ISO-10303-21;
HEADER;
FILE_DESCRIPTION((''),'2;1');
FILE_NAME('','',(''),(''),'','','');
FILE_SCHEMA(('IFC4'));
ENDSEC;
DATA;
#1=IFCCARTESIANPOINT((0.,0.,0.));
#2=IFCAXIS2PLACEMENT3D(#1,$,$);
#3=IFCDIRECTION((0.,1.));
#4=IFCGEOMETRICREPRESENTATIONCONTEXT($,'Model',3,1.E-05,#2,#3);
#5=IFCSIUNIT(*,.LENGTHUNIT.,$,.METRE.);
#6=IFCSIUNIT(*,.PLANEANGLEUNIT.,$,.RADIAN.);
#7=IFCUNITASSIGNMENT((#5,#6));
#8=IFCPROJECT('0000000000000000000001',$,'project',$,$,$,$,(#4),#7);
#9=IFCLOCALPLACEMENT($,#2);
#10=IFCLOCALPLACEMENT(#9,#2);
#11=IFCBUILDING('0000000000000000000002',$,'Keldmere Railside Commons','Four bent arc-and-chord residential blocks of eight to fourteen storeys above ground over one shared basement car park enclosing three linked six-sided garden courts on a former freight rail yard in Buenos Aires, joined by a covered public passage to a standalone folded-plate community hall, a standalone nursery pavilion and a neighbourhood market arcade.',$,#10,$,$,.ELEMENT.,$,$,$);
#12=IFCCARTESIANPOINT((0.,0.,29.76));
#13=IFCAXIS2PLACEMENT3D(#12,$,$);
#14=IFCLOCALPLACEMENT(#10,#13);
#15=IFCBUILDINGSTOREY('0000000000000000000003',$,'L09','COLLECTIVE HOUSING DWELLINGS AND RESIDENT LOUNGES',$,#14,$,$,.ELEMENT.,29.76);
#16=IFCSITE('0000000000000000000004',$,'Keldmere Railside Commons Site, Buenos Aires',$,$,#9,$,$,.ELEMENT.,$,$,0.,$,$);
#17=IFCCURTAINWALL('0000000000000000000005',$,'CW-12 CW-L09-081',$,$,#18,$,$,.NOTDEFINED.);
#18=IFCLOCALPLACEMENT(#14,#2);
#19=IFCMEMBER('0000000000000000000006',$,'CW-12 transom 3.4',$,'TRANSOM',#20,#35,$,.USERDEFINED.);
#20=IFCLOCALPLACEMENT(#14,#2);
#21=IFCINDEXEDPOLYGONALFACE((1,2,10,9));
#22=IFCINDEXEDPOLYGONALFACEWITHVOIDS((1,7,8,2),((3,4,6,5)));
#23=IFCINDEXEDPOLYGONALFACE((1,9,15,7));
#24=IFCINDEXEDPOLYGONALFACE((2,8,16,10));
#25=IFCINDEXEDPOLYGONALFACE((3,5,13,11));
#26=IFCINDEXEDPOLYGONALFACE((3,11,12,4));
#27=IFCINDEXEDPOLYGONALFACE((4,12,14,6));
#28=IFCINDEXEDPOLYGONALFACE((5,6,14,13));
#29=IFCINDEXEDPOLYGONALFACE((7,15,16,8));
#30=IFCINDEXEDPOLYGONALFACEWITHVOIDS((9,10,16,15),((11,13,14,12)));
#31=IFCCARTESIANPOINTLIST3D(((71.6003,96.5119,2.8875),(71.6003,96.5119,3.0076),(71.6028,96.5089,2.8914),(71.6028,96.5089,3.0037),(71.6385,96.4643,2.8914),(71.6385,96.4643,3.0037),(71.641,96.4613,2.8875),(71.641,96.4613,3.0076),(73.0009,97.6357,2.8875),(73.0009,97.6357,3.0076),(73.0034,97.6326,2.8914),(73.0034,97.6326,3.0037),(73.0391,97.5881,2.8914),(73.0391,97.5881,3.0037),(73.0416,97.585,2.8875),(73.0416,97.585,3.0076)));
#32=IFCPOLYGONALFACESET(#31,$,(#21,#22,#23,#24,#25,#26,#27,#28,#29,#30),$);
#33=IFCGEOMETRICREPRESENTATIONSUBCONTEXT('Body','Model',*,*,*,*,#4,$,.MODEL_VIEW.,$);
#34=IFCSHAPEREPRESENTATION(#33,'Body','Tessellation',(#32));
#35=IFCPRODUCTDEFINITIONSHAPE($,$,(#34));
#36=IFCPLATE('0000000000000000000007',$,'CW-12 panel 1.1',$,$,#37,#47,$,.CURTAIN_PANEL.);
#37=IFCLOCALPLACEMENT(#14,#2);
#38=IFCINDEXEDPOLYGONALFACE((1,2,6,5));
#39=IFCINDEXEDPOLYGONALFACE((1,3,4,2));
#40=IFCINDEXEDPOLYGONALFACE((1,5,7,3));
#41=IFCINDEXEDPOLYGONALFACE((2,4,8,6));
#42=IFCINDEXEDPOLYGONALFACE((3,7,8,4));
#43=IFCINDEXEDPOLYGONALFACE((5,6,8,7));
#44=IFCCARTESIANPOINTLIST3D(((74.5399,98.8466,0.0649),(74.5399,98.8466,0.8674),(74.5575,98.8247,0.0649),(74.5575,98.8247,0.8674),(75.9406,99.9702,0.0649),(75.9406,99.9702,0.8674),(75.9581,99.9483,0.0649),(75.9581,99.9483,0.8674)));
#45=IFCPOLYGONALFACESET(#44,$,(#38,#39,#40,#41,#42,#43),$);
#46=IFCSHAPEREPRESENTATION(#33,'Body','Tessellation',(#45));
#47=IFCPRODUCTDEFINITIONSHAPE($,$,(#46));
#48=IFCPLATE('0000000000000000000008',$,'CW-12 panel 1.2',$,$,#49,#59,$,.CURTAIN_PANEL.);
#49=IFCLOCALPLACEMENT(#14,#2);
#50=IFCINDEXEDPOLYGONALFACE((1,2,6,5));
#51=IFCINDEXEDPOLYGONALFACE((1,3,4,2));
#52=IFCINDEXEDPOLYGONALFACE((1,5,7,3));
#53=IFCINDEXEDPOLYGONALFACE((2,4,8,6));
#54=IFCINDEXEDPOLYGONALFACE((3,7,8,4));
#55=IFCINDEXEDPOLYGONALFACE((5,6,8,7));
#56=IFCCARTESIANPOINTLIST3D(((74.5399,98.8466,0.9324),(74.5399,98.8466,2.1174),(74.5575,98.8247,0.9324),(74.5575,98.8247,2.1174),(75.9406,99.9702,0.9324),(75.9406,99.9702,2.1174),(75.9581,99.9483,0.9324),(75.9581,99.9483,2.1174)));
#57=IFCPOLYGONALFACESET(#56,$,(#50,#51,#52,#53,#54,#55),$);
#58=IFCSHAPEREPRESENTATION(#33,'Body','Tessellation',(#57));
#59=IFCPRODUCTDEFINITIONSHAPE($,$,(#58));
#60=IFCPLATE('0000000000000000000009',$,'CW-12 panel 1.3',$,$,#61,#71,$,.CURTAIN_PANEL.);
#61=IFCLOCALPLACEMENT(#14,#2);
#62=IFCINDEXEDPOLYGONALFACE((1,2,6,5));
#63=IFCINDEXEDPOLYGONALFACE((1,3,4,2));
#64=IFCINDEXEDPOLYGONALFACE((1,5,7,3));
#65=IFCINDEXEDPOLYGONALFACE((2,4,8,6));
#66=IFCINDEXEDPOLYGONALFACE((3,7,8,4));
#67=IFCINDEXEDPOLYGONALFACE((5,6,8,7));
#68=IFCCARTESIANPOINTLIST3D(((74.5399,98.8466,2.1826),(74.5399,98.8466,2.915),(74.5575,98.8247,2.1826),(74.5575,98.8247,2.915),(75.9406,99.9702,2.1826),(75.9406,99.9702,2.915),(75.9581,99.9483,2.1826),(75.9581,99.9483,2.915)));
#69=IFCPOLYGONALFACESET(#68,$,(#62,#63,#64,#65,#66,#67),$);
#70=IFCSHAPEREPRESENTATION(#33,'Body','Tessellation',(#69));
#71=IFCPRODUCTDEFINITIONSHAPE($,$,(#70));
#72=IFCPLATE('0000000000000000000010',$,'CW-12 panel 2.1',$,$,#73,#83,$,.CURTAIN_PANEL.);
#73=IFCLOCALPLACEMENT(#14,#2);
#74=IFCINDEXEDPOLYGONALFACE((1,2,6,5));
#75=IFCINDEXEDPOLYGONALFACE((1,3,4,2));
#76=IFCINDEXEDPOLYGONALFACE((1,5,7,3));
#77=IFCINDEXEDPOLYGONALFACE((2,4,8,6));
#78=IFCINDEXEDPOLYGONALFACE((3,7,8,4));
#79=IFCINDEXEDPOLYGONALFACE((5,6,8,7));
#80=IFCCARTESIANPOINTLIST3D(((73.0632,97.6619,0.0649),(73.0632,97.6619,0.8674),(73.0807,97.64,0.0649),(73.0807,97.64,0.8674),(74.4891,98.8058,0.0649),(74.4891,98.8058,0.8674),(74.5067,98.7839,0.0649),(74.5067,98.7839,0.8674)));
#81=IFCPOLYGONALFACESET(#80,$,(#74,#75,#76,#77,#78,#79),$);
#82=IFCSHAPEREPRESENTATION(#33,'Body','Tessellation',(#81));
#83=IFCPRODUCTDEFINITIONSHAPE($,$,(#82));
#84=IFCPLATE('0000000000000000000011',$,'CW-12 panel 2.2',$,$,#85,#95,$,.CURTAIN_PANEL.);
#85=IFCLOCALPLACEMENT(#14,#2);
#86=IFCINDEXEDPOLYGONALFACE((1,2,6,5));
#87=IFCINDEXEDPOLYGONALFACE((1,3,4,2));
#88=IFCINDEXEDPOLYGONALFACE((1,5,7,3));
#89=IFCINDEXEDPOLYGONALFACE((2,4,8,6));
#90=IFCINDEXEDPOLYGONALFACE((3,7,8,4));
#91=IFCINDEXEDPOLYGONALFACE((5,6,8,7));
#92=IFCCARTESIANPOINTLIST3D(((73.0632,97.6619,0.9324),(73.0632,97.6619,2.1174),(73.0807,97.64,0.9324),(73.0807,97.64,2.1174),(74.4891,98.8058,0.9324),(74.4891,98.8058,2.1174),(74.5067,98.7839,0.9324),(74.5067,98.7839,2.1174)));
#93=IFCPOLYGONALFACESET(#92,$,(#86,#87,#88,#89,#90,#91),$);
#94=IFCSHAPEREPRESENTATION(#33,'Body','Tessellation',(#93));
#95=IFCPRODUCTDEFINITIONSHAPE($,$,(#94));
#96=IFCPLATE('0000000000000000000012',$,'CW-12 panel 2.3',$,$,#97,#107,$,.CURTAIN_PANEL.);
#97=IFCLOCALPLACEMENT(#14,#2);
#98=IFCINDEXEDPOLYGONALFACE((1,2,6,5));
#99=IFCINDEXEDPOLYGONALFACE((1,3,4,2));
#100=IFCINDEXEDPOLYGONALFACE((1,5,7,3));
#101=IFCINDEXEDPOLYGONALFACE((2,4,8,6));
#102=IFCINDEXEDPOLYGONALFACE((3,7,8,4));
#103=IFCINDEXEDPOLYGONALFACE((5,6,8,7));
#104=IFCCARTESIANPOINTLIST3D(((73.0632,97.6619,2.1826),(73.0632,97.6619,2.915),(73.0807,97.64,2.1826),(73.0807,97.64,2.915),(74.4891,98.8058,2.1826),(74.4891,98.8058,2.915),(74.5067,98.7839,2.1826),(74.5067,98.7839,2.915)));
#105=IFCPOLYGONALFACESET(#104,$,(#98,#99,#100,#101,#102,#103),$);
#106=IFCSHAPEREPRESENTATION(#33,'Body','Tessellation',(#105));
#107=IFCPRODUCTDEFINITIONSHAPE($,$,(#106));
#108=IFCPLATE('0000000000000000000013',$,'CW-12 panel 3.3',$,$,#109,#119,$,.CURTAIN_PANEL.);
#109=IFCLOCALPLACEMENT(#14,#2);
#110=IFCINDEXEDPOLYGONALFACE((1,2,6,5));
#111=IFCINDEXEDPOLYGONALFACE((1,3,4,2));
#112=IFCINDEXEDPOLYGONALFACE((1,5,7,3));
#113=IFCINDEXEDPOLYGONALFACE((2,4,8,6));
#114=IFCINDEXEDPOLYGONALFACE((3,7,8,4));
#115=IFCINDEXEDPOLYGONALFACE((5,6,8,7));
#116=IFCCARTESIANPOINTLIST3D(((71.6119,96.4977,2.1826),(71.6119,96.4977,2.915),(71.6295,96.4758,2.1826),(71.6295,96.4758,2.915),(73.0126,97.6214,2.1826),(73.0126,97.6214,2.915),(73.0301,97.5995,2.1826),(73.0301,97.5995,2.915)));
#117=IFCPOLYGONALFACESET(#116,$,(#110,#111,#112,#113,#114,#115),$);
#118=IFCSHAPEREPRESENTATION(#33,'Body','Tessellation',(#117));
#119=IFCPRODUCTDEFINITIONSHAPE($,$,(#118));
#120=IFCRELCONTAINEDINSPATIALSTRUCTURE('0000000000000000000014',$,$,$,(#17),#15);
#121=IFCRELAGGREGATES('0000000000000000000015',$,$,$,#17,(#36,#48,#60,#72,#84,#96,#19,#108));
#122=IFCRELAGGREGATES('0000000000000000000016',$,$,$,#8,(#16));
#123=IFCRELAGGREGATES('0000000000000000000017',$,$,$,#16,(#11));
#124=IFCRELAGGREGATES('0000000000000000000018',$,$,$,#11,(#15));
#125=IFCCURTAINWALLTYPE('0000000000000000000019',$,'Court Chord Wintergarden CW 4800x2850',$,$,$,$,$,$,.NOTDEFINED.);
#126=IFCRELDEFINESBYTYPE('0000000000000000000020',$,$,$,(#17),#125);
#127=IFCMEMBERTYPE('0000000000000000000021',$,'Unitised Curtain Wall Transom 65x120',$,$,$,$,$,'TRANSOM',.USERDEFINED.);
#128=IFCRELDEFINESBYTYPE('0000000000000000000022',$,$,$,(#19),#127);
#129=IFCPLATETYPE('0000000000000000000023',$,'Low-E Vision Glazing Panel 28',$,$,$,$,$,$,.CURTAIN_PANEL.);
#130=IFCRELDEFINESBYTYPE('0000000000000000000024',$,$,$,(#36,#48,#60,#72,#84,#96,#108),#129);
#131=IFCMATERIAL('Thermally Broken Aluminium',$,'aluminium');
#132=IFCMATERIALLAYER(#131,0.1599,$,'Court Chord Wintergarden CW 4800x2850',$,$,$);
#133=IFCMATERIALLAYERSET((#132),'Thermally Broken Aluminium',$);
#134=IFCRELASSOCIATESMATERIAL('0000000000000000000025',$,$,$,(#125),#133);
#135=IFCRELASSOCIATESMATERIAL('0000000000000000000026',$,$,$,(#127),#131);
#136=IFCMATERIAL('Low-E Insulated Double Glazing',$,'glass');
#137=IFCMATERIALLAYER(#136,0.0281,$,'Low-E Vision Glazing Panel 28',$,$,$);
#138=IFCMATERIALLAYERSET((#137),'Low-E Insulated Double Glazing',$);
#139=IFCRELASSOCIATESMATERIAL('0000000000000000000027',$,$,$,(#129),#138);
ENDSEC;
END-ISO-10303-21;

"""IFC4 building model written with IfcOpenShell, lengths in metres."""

from ifc_helpers import new_model, si_unit, direction, frame, origin, origin_2d, place, context, subcontext, project, spatial, rectangle, hollow_rectangle, extrude, material, layer, layer_set, material_profile, profile_set, type_object, element, aggregate, save


model = new_model("IFC4")

# Units and contexts
model_context = context("Model", 3, precision=1e-05, world=origin(), true_north=direction((0.0, 1.0)))
body_context = subcontext(model_context, "Body", "Model", "MODEL_VIEW")
ifc_project = project(units=[si_unit("LENGTHUNIT", "METRE"), si_unit("PLANEANGLEUNIT", "RADIAN")], contexts=[model_context])

# Site, building, storey
site_placement = place(None, origin())
site = spatial("IfcSite", under=ifc_project, at=site_placement, Name="Keldmere Railside Commons Site, Buenos Aires", CompositionType="ELEMENT", RefElevation=0.0)
building_placement = place(site_placement, origin())
building = spatial("IfcBuilding", under=site, at=building_placement, Name="Keldmere Railside Commons", Description="Four bent arc-and-chord residential blocks of eight to fourteen storeys above ground over one shared basement car park enclosing three linked six-sided garden courts on a former freight rail yard in Buenos Aires, joined by a covered public passage to a standalone folded-plate community hall, a standalone nursery pavilion and a neighbourhood market arcade.", CompositionType="ELEMENT")
storey_placement = place(building_placement, frame((0.0, 0.0, 29.76)))
storey = spatial("IfcBuildingStorey", under=building, at=storey_placement, Name="L09", Description="COLLECTIVE HOUSING DWELLINGS AND RESIDENT LOUNGES", CompositionType="ELEMENT", Elevation=29.76)

# Curtain wall, member, plates
ifc_material_1 = material(Name="Thermally Broken Aluminium", Category="aluminium")
ifc_layer_1 = layer(ifc_material_1, 0.1599, Name="Court Chord Wintergarden CW 4800x2850")
ifc_layer_set_1 = layer_set([ifc_layer_1], Name="Thermally Broken Aluminium")
curtain_wall_type = type_object("IfcCurtainWallType", Name="Court Chord Wintergarden CW 4800x2850", PredefinedType="NOTDEFINED", material=ifc_layer_set_1)
curtain_wall_placement = place(storey_placement, origin())
curtain_wall = element("IfcCurtainWall", 1, at=curtain_wall_placement, inside=storey, type_object=curtain_wall_type, Name="CW-12 CW-L09-081", PredefinedType="NOTDEFINED")
ifc_material_profile_1 = material_profile(ifc_material_1, hollow_rectangle(XDim=0.0649, YDim=0.1201, WallThickness=0.0039, at=origin_2d()), Name="ALU-TRAN-65x120")
ifc_profile_set_1 = profile_set([ifc_material_profile_1], Name="Thermally Broken Aluminium")
member_type_1 = type_object("IfcMemberType", Name="Unitised Curtain Wall Transom 65x120", ElementType="TRANSOM", PredefinedType="USERDEFINED", material=ifc_profile_set_1)
member_1_placement = place(storey_placement, frame((73.0212, 97.6104, 2.9475), z_axis=(-0.779979, -0.625805, 0.0), x_axis=(0.625805, -0.779979, 0.0)))
member_1 = element("IfcMember", 2, at=member_1_placement, type_object=member_type_1, Name="CW-12 transom 3.4", ObjectType="TRANSOM", PredefinedType="USERDEFINED", context=body_context, shape_type="SweptSolid", body=[
    extrude(hollow_rectangle(XDim=0.0649, YDim=0.1201, WallThickness=0.0039, at=origin_2d()), origin(), (0.0, 0.0, 1.0), 1.7957),
])
ifc_material_2 = material(Name="Low-E Insulated Double Glazing", Category="glass")
ifc_layer_2 = layer(ifc_material_2, 0.0281, Name="Low-E Vision Glazing Panel 28")
ifc_layer_set_2 = layer_set([ifc_layer_2], Name="Low-E Insulated Double Glazing")
plate_type = type_object("IfcPlateType", Name="Low-E Vision Glazing Panel 28", PredefinedType="CURTAIN_PANEL", material=ifc_layer_set_2)
plate_1_placement = place(storey_placement, frame((75.249, 99.3975, 0.0649), z_axis=(0.0, 0.0, 1.0), x_axis=(-0.780009, -0.625768, 0.0)))
plate_1 = element("IfcPlate", 3, at=plate_1_placement, type_object=plate_type, Name="CW-12 panel 1.1", PredefinedType="CURTAIN_PANEL", context=body_context, shape_type="SweptSolid", body=[
    extrude(rectangle(XDim=1.7957, YDim=0.0281, at=origin_2d()), origin(), (0.0, 0.0, 1.0), 0.8025),
])
plate_2_placement = place(storey_placement, frame((75.249, 99.3975, 0.9324), z_axis=(0.0, 0.0, 1.0), x_axis=(-0.780009, -0.625768, 0.0)))
plate_2 = element("IfcPlate", 4, at=plate_2_placement, type_object=plate_type, Name="CW-12 panel 1.2", PredefinedType="CURTAIN_PANEL", context=body_context, shape_type="SweptSolid", body=[
    extrude(rectangle(XDim=1.7957, YDim=0.0281, at=origin_2d()), origin(), (0.0, 0.0, 1.0), 1.1851),
])
plate_3_placement = place(storey_placement, frame((75.249, 99.3975, 2.1826), z_axis=(0.0, 0.0, 1.0), x_axis=(-0.780009, -0.625768, 0.0)))
plate_3 = element("IfcPlate", 5, at=plate_3_placement, type_object=plate_type, Name="CW-12 panel 1.3", PredefinedType="CURTAIN_PANEL", context=body_context, shape_type="SweptSolid", body=[
    extrude(rectangle(XDim=1.7957, YDim=0.0281, at=origin_2d()), origin(), (0.0, 0.0, 1.0), 0.7324),
])
plate_4_placement = place(storey_placement, frame((73.7849, 98.2229, 0.0649), z_axis=(0.0, 0.0, 1.0), x_axis=(-0.780009, -0.625768, 0.0)))
plate_4 = element("IfcPlate", 6, at=plate_4_placement, type_object=plate_type, Name="CW-12 panel 2.1", PredefinedType="CURTAIN_PANEL", context=body_context, shape_type="SweptSolid", body=[
    extrude(rectangle(XDim=1.8281, YDim=0.0281, at=origin_2d()), origin(), (0.0, 0.0, 1.0), 0.8025),
])
plate_5_placement = place(storey_placement, frame((73.7849, 98.2229, 0.9324), z_axis=(0.0, 0.0, 1.0), x_axis=(-0.780009, -0.625768, 0.0)))
plate_5 = element("IfcPlate", 7, at=plate_5_placement, type_object=plate_type, Name="CW-12 panel 2.2", PredefinedType="CURTAIN_PANEL", context=body_context, shape_type="SweptSolid", body=[
    extrude(rectangle(XDim=1.8281, YDim=0.0281, at=origin_2d()), origin(), (0.0, 0.0, 1.0), 1.1851),
])
plate_6_placement = place(storey_placement, frame((73.7849, 98.2229, 2.1826), z_axis=(0.0, 0.0, 1.0), x_axis=(-0.780009, -0.625768, 0.0)))
plate_6 = element("IfcPlate", 8, at=plate_6_placement, type_object=plate_type, Name="CW-12 panel 2.3", PredefinedType="CURTAIN_PANEL", context=body_context, shape_type="SweptSolid", body=[
    extrude(rectangle(XDim=1.8281, YDim=0.0281, at=origin_2d()), origin(), (0.0, 0.0, 1.0), 0.7324),
])
plate_7_placement = place(storey_placement, frame((72.321, 97.0486, 2.1826), z_axis=(0.0, 0.0, 1.0), x_axis=(-0.780009, -0.625768, 0.0)))
plate_7 = element("IfcPlate", 9, at=plate_7_placement, type_object=plate_type, Name="CW-12 panel 3.3", PredefinedType="CURTAIN_PANEL", context=body_context, shape_type="SweptSolid", body=[
    extrude(rectangle(XDim=1.7957, YDim=0.0281, at=origin_2d()), origin(), (0.0, 0.0, 1.0), 0.7324),
])
aggregate(curtain_wall, [plate_1, plate_2, plate_3, plate_4, plate_5, plate_6, member_1, plate_7])

save(model, "model.ifc")
